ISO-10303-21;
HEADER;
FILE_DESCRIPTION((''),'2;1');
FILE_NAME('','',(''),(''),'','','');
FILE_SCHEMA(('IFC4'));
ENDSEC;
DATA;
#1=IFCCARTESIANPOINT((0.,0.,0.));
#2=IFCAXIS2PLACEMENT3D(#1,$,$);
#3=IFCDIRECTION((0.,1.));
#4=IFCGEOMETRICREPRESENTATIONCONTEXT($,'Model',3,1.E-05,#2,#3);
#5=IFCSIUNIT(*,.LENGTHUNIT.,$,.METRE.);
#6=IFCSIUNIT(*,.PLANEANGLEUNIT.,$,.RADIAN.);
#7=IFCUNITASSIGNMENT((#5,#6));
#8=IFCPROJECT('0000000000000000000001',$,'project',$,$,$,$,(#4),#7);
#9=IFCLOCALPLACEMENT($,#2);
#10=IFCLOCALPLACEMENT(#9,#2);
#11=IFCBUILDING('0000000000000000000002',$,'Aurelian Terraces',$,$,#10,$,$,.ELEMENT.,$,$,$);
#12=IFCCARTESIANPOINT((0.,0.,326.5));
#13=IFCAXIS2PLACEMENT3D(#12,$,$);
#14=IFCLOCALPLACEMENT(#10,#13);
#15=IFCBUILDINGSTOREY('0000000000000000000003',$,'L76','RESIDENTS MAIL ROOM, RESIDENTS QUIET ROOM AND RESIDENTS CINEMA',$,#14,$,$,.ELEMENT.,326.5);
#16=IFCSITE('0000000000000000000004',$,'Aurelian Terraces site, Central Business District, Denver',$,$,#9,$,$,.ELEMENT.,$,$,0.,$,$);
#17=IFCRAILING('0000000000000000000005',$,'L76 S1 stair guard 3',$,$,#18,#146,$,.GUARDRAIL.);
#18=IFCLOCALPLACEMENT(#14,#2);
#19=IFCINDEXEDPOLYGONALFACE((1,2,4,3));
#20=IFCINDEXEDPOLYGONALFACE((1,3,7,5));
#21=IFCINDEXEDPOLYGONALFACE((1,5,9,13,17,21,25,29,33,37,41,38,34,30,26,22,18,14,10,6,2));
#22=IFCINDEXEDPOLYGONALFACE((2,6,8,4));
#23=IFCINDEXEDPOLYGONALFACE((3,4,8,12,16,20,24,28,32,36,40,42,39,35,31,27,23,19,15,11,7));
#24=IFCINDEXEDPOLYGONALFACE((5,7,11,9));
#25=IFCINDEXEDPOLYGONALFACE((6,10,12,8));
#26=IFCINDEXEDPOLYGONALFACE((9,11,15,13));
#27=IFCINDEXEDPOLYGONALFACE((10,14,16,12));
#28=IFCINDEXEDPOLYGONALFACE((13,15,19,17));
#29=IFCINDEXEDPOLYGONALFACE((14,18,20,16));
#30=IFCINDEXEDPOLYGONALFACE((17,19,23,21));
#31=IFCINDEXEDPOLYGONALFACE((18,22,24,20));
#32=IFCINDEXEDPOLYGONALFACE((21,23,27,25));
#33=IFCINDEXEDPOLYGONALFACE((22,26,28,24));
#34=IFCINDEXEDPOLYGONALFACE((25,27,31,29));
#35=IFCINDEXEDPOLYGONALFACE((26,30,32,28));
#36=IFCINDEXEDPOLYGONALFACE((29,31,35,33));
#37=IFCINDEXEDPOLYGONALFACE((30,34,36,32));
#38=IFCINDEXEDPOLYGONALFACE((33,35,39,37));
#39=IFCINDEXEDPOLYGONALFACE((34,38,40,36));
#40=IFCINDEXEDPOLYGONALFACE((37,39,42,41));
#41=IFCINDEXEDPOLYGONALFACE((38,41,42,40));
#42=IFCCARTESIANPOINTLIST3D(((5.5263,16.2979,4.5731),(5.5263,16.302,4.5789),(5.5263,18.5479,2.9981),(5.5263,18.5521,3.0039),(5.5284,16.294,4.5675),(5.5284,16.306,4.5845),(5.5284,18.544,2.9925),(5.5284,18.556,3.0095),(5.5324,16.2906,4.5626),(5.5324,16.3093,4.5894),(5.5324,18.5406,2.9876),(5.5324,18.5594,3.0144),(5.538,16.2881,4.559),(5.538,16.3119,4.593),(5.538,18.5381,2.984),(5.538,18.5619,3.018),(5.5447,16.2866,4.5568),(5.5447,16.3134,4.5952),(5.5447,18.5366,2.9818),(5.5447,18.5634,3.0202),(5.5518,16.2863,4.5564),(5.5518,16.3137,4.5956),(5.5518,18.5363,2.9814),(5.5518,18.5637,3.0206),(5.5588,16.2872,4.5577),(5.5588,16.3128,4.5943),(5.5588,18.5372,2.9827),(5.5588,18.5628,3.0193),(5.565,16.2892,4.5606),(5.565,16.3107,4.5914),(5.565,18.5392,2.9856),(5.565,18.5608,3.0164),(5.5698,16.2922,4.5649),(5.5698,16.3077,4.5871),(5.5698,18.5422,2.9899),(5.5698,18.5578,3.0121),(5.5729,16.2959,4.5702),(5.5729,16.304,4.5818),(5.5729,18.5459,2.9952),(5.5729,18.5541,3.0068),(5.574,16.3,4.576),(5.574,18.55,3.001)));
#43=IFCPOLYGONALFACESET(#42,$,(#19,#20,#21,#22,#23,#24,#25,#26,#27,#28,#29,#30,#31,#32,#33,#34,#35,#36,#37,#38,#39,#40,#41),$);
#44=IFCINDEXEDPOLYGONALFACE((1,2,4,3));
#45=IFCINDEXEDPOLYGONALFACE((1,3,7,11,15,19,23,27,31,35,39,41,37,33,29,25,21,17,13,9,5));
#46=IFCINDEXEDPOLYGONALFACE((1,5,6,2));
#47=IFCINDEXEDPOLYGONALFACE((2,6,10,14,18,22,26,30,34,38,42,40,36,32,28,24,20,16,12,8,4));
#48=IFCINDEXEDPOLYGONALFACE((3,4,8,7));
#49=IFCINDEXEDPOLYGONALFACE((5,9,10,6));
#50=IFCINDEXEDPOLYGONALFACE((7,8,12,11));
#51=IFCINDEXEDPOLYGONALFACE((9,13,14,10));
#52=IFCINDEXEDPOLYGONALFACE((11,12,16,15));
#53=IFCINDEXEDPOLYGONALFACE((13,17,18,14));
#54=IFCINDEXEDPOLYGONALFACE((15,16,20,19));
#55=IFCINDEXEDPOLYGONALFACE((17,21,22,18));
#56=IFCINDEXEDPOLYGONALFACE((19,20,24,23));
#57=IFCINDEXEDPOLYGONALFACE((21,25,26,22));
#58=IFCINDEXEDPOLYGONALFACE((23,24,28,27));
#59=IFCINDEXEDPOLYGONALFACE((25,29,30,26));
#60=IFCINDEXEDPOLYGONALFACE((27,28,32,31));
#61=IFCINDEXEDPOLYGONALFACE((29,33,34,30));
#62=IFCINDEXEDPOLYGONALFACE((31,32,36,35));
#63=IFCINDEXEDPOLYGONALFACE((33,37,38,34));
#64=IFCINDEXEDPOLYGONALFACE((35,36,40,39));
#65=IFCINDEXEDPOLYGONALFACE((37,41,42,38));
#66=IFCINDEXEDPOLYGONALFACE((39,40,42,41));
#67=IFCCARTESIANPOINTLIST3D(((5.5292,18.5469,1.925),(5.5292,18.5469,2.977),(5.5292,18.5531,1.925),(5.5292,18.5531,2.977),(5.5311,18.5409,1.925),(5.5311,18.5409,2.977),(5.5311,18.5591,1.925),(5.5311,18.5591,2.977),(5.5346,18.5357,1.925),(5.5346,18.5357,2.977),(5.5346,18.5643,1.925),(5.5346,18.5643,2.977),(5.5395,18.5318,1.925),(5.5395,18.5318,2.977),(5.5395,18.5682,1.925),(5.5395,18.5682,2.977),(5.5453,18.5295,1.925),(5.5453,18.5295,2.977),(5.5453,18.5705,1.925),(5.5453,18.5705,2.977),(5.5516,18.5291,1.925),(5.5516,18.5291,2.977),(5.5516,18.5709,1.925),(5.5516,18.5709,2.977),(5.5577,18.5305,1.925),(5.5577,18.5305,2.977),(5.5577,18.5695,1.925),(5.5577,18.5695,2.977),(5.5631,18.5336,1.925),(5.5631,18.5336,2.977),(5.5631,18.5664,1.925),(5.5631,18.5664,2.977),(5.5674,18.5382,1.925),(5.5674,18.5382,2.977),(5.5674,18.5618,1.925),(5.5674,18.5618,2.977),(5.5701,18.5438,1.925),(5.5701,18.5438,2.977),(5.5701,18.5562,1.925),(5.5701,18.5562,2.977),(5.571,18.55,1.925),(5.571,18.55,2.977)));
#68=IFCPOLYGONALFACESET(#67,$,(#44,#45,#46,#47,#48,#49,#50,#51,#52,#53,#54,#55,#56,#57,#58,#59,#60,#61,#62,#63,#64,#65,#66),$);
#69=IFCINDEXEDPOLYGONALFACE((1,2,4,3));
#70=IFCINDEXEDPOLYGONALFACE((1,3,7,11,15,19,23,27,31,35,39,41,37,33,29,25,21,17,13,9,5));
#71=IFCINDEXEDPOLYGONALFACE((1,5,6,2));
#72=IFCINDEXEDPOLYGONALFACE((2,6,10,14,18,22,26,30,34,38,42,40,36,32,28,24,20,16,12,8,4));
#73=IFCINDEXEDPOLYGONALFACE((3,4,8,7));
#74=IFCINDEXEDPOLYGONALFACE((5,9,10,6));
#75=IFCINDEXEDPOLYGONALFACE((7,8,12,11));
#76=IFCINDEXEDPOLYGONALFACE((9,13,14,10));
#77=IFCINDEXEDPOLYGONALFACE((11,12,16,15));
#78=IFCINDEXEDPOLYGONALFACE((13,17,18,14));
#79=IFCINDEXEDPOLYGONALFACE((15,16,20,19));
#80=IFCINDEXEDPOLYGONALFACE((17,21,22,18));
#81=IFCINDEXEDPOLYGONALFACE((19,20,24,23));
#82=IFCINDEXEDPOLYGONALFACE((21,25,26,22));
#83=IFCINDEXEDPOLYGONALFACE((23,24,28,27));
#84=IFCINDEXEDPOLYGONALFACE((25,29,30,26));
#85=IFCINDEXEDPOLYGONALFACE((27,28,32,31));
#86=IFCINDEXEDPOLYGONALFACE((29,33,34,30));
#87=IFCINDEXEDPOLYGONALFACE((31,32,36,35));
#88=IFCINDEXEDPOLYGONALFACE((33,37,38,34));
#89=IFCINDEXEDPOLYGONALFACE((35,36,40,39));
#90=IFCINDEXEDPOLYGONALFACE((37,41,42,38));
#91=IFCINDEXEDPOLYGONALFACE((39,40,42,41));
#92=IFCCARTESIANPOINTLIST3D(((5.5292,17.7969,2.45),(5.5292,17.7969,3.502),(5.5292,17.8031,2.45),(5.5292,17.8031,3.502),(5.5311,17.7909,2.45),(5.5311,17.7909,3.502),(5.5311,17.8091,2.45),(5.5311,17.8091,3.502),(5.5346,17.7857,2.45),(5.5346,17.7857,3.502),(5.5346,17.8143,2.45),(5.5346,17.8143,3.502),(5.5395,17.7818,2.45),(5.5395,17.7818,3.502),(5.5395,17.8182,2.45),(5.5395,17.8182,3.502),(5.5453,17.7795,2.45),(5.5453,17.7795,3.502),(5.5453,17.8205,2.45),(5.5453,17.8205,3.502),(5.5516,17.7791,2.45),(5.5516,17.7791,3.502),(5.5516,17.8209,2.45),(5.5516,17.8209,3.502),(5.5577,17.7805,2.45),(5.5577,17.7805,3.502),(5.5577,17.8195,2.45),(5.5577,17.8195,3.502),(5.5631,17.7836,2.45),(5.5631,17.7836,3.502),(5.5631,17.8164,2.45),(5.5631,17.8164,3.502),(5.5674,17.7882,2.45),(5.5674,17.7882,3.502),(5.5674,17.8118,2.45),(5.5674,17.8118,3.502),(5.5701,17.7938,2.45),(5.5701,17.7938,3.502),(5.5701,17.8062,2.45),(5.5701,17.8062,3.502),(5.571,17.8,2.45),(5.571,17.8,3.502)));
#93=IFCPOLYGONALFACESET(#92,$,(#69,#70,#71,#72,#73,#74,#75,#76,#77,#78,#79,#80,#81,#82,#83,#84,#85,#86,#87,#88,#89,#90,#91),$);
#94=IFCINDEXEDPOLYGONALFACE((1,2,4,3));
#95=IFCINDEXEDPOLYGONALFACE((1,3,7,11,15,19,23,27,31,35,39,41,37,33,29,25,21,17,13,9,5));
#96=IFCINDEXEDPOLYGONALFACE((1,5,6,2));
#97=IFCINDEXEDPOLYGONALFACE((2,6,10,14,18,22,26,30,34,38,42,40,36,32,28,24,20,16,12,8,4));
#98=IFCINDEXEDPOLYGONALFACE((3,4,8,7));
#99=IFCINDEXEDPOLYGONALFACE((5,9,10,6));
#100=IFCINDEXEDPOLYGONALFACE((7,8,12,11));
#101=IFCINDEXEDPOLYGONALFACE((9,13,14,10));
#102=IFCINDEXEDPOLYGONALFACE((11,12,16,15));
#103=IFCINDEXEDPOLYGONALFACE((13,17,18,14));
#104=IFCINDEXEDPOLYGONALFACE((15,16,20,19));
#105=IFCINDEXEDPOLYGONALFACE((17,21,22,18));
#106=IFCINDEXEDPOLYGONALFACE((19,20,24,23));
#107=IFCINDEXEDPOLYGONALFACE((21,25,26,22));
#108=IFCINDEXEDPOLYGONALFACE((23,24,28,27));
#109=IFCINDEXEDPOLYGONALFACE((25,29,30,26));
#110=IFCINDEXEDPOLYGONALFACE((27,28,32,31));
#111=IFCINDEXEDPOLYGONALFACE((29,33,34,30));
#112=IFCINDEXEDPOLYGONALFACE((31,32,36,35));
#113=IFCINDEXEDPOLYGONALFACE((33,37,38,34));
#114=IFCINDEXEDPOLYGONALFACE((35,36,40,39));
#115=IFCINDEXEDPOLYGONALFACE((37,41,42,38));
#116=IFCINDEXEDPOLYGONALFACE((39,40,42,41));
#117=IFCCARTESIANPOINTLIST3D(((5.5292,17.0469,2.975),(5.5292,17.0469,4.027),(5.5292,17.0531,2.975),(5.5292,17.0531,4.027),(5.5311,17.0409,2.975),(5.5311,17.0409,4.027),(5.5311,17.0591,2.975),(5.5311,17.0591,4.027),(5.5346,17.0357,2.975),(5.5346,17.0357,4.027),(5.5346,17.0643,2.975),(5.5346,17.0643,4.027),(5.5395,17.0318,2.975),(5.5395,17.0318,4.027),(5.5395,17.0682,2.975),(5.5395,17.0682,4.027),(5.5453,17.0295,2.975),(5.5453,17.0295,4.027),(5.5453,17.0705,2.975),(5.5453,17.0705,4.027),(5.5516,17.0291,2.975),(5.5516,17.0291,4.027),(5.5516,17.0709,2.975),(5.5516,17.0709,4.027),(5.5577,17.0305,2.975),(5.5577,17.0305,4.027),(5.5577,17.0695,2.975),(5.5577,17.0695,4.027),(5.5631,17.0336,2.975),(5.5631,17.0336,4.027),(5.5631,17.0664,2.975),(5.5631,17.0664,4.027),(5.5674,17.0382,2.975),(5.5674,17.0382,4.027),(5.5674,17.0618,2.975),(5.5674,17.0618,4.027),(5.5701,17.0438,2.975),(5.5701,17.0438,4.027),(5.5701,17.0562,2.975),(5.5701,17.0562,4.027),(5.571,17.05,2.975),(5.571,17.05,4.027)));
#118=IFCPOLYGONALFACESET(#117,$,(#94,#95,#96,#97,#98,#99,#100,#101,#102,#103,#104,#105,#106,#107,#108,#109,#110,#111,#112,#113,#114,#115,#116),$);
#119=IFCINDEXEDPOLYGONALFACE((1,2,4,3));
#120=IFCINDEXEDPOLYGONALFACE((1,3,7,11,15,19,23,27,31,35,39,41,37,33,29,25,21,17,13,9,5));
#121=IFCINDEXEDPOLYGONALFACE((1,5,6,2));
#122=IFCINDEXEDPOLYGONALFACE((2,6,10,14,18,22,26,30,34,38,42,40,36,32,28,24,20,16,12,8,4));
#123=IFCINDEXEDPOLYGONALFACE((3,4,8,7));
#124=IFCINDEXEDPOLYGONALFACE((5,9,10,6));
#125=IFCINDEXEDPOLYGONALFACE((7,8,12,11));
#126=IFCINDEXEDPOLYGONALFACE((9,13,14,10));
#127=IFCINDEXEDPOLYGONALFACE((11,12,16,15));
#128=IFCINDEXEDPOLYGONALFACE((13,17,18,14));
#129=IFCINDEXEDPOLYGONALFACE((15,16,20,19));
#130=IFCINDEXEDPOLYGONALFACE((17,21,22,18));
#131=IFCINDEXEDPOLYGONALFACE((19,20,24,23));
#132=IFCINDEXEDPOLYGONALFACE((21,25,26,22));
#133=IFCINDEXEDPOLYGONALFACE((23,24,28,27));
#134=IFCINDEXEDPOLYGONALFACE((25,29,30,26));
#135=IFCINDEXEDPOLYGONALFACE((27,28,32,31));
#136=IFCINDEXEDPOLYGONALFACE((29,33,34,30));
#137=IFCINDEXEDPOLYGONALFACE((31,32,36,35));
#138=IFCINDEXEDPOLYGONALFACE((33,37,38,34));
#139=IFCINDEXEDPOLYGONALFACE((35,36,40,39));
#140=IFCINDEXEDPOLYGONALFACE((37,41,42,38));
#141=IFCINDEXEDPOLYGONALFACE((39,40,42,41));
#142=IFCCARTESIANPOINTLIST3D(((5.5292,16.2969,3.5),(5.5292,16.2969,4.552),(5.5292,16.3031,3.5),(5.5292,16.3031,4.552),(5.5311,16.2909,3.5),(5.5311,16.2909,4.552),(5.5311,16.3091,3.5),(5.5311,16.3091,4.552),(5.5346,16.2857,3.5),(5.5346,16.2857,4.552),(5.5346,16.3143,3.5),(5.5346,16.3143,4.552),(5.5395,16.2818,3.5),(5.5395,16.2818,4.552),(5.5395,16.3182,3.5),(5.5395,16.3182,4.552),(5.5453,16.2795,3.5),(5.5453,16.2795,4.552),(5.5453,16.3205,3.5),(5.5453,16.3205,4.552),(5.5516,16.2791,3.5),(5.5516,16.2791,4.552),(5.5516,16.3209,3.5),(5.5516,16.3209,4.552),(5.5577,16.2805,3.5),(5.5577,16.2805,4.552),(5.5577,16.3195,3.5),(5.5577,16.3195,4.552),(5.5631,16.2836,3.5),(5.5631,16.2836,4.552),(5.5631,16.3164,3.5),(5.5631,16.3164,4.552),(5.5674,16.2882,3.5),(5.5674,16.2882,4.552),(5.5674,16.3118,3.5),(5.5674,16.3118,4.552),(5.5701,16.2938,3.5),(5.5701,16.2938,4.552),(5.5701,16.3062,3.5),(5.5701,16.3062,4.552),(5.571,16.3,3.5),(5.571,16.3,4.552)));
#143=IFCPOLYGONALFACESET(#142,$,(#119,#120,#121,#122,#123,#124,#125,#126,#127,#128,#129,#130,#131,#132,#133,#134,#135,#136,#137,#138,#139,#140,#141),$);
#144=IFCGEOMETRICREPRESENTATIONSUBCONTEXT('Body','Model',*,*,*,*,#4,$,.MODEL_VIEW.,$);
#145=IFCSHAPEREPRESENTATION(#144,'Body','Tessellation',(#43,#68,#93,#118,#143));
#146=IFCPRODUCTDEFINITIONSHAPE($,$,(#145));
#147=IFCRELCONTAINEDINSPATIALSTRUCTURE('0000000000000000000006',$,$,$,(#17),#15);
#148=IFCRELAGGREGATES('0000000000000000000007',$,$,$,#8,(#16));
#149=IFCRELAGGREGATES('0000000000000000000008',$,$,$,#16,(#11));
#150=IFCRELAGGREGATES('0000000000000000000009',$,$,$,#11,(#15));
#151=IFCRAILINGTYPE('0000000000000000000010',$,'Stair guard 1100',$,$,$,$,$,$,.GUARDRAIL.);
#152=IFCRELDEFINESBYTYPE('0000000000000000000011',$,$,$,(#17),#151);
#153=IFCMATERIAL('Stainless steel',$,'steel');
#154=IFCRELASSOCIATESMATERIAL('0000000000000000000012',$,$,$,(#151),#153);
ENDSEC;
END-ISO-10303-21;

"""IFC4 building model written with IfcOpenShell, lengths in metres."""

from ifc_helpers import new_model, si_unit, direction, frame, origin, origin_2d, place, context, subcontext, project, spatial, circle, extrude, source, transform, mapped, material, type_object, element, save


model = new_model("IFC4")

# Units and contexts
model_context = context("Model", 3, precision=1e-05, world=origin(), true_north=direction((0.0, 1.0)))
body_context = subcontext(model_context, "Body", "Model", "MODEL_VIEW")
ifc_project = project(units=[si_unit("LENGTHUNIT", "METRE"), si_unit("PLANEANGLEUNIT", "RADIAN")], contexts=[model_context])

# Site, building, storey
site_placement = place(None, origin())
site = spatial("IfcSite", under=ifc_project, at=site_placement, Name="Aurelian Terraces site, Central Business District, Denver", CompositionType="ELEMENT", RefElevation=0.0)
building_placement = place(site_placement, origin())
building = spatial("IfcBuilding", under=site, at=building_placement, Name="Aurelian Terraces", CompositionType="ELEMENT")
storey_placement = place(building_placement, frame((0.0, 0.0, 326.5)))
storey = spatial("IfcBuildingStorey", under=building, at=storey_placement, Name="L76", Description="RESIDENTS MAIL ROOM, RESIDENTS QUIET ROOM AND RESIDENTS CINEMA", CompositionType="ELEMENT", Elevation=326.5)

# Railing
ifc_material_1 = material(Name="Stainless steel", Category="steel")
railing_type_1 = type_object("IfcRailingType", Name="Stair guard 1100", PredefinedType="GUARDRAIL", material=ifc_material_1)
shared_shape_1 = source(origin(), body_context, "Body", "SweptSolid", [
    extrude(circle(Radius=0.024, at=origin_2d()), frame((0.0, 0.0, 1.076), z_axis=(0.0, -0.819232, 0.573462), x_axis=(1.0, 0.0, 0.0)), (0.0, 0.0, 1.0), 2.7465),
    extrude(circle(Radius=0.021, at=origin_2d()), origin(), (0.0, 0.0, 1.0), 1.052),
    extrude(circle(Radius=0.021, at=origin_2d()), frame((0.0, -0.75, 0.525)), (0.0, 0.0, 1.0), 1.052),
    extrude(circle(Radius=0.021, at=origin_2d()), frame((0.0, -1.5, 1.05)), (0.0, 0.0, 1.0), 1.052),
    extrude(circle(Radius=0.021, at=origin_2d()), frame((0.0, -2.25, 1.575)), (0.0, 0.0, 1.0), 1.052),
])
railing_1_placement = place(storey_placement, frame((5.55, 18.55, 1.925)))
element("IfcRailing", 1, at=railing_1_placement, inside=storey, type_object=railing_type_1, Name="L76 S1 stair guard 3", PredefinedType="GUARDRAIL", context=body_context, shape_type="MappedRepresentation", body=[
    mapped(shared_shape_1, transform((0.0, 0.0, 0.0), scale=1.0)),
])

save(model, "model.ifc")
